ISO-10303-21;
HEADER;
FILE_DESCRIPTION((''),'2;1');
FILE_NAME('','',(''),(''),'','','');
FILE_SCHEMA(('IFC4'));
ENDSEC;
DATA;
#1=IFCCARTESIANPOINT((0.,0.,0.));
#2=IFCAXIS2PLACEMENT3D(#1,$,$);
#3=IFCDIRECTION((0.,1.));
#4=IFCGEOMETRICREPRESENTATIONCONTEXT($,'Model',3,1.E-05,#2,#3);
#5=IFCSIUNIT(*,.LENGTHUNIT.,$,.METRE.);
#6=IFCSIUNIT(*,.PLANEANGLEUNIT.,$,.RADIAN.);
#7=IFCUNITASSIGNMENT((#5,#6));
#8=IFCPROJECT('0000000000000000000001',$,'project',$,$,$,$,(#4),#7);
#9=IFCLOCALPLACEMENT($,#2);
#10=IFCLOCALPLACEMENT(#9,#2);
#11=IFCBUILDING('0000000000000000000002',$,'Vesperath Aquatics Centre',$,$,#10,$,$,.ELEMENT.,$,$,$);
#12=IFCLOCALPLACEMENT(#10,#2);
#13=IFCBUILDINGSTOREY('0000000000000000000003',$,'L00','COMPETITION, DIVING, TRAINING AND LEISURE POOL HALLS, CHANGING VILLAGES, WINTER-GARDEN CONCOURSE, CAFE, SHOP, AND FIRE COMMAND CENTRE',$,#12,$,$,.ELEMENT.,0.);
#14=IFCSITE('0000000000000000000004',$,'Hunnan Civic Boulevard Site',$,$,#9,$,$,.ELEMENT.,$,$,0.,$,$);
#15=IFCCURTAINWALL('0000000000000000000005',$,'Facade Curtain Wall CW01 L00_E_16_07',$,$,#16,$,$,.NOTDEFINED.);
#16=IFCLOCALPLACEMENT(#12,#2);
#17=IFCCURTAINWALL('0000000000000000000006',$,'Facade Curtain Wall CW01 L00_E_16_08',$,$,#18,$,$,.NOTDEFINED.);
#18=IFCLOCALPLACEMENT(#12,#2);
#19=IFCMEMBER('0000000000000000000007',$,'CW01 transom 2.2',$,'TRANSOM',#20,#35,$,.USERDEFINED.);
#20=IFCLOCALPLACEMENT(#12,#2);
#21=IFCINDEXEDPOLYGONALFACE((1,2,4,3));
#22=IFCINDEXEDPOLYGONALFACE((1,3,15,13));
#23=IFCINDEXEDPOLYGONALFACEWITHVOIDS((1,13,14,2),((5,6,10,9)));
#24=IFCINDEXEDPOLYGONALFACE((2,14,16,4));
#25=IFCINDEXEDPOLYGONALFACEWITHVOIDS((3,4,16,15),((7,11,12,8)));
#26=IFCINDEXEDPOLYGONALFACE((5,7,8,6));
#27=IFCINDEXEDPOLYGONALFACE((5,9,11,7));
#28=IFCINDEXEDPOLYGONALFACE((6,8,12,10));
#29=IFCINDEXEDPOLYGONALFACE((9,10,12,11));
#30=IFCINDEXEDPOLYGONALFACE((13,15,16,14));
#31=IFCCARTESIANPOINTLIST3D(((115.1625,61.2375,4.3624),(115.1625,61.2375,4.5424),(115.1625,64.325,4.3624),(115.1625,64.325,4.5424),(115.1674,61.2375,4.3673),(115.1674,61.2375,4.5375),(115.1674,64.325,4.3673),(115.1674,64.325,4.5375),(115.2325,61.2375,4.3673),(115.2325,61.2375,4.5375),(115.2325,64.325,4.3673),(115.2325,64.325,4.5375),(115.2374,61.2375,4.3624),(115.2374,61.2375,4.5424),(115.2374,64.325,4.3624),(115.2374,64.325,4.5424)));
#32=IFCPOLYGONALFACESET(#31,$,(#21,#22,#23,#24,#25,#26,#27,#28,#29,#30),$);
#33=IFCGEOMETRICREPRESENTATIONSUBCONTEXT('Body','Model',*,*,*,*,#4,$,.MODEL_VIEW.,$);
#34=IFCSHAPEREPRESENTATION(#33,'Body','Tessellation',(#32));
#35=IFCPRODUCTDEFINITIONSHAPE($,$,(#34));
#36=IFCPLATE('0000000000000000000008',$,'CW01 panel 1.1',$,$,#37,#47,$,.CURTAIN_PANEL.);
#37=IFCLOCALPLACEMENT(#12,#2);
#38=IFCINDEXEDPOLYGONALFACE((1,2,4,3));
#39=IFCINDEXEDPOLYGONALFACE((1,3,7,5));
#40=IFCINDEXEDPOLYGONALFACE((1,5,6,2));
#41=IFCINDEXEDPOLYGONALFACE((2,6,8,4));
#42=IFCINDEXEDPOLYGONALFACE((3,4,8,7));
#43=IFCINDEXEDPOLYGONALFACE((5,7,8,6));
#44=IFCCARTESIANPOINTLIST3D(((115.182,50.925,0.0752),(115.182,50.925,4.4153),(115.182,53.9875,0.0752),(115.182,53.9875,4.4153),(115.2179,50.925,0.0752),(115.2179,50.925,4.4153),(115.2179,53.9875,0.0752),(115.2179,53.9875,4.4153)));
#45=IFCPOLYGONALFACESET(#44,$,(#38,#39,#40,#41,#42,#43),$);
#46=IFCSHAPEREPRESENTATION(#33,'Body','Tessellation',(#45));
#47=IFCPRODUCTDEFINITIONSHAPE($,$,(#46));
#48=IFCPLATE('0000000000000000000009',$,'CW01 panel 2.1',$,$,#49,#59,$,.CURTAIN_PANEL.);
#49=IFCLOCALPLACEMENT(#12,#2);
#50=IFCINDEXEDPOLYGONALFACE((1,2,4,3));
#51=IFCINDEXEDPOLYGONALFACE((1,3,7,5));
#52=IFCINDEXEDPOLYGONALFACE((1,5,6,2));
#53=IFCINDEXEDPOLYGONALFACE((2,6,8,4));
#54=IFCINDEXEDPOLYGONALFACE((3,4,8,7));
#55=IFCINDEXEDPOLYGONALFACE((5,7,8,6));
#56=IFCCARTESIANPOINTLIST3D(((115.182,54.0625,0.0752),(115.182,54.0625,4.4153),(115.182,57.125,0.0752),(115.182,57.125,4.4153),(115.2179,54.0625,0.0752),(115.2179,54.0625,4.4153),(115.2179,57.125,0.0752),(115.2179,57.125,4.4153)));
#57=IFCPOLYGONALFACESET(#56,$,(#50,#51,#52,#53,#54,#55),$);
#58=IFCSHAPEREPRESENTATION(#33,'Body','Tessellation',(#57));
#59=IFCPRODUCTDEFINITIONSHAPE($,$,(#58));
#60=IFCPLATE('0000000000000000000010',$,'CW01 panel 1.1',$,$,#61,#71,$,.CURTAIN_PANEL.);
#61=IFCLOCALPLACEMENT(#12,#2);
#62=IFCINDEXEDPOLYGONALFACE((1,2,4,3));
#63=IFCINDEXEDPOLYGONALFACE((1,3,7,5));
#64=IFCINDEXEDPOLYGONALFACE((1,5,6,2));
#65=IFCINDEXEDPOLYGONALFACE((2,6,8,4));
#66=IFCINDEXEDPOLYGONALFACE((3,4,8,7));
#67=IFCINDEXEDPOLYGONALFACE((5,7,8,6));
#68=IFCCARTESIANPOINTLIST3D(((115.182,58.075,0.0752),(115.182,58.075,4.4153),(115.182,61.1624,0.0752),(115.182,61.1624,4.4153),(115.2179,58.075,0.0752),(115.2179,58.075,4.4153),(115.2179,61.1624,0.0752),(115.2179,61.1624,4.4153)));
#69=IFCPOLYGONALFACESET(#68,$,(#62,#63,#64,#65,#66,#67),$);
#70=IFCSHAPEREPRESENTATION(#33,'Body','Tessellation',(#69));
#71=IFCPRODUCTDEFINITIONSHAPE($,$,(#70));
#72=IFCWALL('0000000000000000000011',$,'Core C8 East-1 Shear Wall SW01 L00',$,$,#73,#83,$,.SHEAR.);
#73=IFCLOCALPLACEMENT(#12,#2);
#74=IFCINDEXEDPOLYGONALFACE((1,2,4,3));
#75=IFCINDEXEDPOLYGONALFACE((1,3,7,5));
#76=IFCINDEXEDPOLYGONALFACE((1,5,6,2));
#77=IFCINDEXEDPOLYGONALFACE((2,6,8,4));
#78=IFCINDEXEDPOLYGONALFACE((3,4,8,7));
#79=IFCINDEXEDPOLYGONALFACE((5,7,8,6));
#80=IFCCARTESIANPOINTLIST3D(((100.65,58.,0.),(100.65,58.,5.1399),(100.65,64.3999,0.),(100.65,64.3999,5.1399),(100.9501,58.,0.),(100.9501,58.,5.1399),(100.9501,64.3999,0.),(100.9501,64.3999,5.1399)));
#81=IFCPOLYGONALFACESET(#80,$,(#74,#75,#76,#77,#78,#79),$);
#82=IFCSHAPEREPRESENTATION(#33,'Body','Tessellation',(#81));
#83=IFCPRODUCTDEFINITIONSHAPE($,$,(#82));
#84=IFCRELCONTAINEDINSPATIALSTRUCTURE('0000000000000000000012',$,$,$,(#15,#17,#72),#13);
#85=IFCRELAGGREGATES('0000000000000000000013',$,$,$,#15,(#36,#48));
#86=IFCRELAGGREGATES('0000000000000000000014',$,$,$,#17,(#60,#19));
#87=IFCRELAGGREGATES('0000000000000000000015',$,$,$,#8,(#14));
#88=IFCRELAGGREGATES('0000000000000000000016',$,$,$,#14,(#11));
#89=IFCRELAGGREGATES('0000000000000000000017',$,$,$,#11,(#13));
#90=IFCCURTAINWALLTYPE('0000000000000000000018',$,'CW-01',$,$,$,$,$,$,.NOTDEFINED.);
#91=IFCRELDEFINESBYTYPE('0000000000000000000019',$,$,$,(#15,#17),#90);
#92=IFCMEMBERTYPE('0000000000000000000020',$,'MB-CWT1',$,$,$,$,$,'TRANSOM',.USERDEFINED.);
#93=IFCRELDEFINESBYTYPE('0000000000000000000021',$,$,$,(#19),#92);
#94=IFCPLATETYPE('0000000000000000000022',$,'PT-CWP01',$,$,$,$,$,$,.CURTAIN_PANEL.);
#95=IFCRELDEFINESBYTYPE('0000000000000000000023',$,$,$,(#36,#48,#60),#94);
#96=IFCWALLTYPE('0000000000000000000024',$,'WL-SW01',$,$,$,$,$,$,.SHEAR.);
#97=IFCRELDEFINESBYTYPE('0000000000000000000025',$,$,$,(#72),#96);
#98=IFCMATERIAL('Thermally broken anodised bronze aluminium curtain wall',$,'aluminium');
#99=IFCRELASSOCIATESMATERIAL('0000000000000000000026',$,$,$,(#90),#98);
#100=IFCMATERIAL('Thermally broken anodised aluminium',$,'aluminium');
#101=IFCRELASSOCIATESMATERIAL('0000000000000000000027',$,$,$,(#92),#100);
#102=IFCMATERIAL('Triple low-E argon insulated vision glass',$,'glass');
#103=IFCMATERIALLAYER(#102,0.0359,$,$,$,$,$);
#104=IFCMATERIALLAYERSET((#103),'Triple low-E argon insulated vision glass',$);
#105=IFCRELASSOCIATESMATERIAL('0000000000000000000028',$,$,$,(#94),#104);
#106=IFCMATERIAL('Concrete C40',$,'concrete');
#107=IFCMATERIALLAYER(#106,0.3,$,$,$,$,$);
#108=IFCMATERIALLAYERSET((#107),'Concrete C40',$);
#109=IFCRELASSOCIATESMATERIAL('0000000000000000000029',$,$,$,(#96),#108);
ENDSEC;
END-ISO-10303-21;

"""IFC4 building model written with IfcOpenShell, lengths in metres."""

from ifc_helpers import new_model, si_unit, direction, frame, frame_2d, origin, origin_2d, place, context, subcontext, project, spatial, rectangle, hollow_rectangle, extrude, material, layer, layer_set, material_profile, profile_set, type_object, element, aggregate, save


model = new_model("IFC4")

# Units and contexts
model_context = context("Model", 3, precision=1e-05, world=origin(), true_north=direction((0.0, 1.0)))
body_context = subcontext(model_context, "Body", "Model", "MODEL_VIEW")
ifc_project = project(units=[si_unit("LENGTHUNIT", "METRE"), si_unit("PLANEANGLEUNIT", "RADIAN")], contexts=[model_context])

# Site, building, storey
site_placement = place(None, origin())
site = spatial("IfcSite", under=ifc_project, at=site_placement, Name="Hunnan Civic Boulevard Site", CompositionType="ELEMENT", RefElevation=0.0)
building_placement = place(site_placement, origin())
building = spatial("IfcBuilding", under=site, at=building_placement, Name="Vesperath Aquatics Centre", CompositionType="ELEMENT")
storey_placement = place(building_placement, origin())
storey = spatial("IfcBuildingStorey", under=building, at=storey_placement, Name="L00", Description="COMPETITION, DIVING, TRAINING AND LEISURE POOL HALLS, CHANGING VILLAGES, WINTER-GARDEN CONCOURSE, CAFE, SHOP, AND FIRE COMMAND CENTRE", CompositionType="ELEMENT", Elevation=0.0)

# Shared definitions
ifc_material_1 = material(Name="Concrete C40", Category="concrete")

# Curtain walls
ifc_material_2 = material(Name="Thermally broken anodised bronze aluminium curtain wall", Category="aluminium")
curtain_wall_type = type_object("IfcCurtainWallType", Name="CW-01", PredefinedType="NOTDEFINED", material=ifc_material_2)
curtain_wall_1_placement = place(storey_placement, origin())
curtain_wall_1 = element("IfcCurtainWall", 1, at=curtain_wall_1_placement, inside=storey, type_object=curtain_wall_type, Name="Facade Curtain Wall CW01 L00_E_16_07", PredefinedType="NOTDEFINED")
ifc_material_3 = material(Name="Thermally broken anodised aluminium", Category="aluminium")
curtain_wall_2_placement = place(storey_placement, origin())
curtain_wall_2 = element("IfcCurtainWall", 2, at=curtain_wall_2_placement, inside=storey, type_object=curtain_wall_type, Name="Facade Curtain Wall CW01 L00_E_16_08", PredefinedType="NOTDEFINED")

# Member
ifc_material_profile_1 = material_profile(ifc_material_3, hollow_rectangle(XDim=0.075, YDim=0.1799, WallThickness=0.0049, at=origin_2d()), Name="CWT 75x180x5")
ifc_profile_set_1 = profile_set([ifc_material_profile_1], Name="Thermally broken anodised aluminium")
member_type_1 = type_object("IfcMemberType", Name="MB-CWT1", ElementType="TRANSOM", PredefinedType="USERDEFINED", material=ifc_profile_set_1)
member_1_placement = place(storey_placement, frame((115.2, 61.2375, 4.4524), z_axis=(0.0, 1.0, 0.0), x_axis=(-1.0, 0.0, 0.0)))
member_1 = element("IfcMember", 3, at=member_1_placement, type_object=member_type_1, Name="CW01 transom 2.2", ObjectType="TRANSOM", PredefinedType="USERDEFINED", context=body_context, shape_type="SweptSolid", body=[
    extrude(hollow_rectangle(XDim=0.075, YDim=0.1799, WallThickness=0.0049, at=origin_2d()), origin(), (0.0, 0.0, 1.0), 3.0874),
])

# Plates
ifc_material_4 = material(Name="Triple low-E argon insulated vision glass", Category="glass")
ifc_layer_1 = layer(ifc_material_4, 0.0359)
ifc_layer_set_1 = layer_set([ifc_layer_1], Name="Triple low-E argon insulated vision glass")
plate_type = type_object("IfcPlateType", Name="PT-CWP01", PredefinedType="CURTAIN_PANEL", material=ifc_layer_set_1)
plate_1_placement = place(storey_placement, frame((115.2, 52.4563, 0.0752), z_axis=(0.0, 0.0, 1.0), x_axis=(0.0, 1.0, 0.0)))
plate_1 = element("IfcPlate", 4, at=plate_1_placement, type_object=plate_type, Name="CW01 panel 1.1", PredefinedType="CURTAIN_PANEL", context=body_context, shape_type="SweptSolid", body=[
    extrude(rectangle(XDim=3.0625, YDim=0.0359, at=origin_2d()), origin(), (0.0, 0.0, 1.0), 4.3401),
])
plate_2_placement = place(storey_placement, frame((115.2, 55.5938, 0.0752), z_axis=(0.0, 0.0, 1.0), x_axis=(0.0, 1.0, 0.0)))
plate_2 = element("IfcPlate", 5, at=plate_2_placement, type_object=plate_type, Name="CW01 panel 2.1", PredefinedType="CURTAIN_PANEL", context=body_context, shape_type="SweptSolid", body=[
    extrude(rectangle(XDim=3.0625, YDim=0.0359, at=origin_2d()), origin(), (0.0, 0.0, 1.0), 4.3401),
])
aggregate(curtain_wall_1, [plate_1, plate_2])
plate_3_placement = place(storey_placement, frame((115.2, 59.6187, 0.0752), z_axis=(0.0, 0.0, 1.0), x_axis=(0.0, 1.0, 0.0)))
plate_3 = element("IfcPlate", 6, at=plate_3_placement, type_object=plate_type, Name="CW01 panel 1.1", PredefinedType="CURTAIN_PANEL", context=body_context, shape_type="SweptSolid", body=[
    extrude(rectangle(XDim=3.0874, YDim=0.0359, at=origin_2d()), origin(), (0.0, 0.0, 1.0), 4.3401),
])
aggregate(curtain_wall_2, [plate_3, member_1])

# Wall
ifc_layer_2 = layer(ifc_material_1, 0.3)
ifc_layer_set_2 = layer_set([ifc_layer_2], Name="Concrete C40")
wall_type = type_object("IfcWallType", Name="WL-SW01", PredefinedType="SHEAR", material=ifc_layer_set_2)
wall_placement = place(storey_placement, frame((100.8, 58.0, 0.0), z_axis=(0.0, 0.0, 1.0), x_axis=(0.0, 1.0, 0.0)))
element("IfcWall", 7, at=wall_placement, inside=storey, type_object=wall_type, Name="Core C8 East-1 Shear Wall SW01 L00", PredefinedType="SHEAR", context=body_context, shape_type="SweptSolid", body=[
    extrude(rectangle(XDim=6.3999, YDim=0.3, at=frame_2d((3.2, 0.0))), origin(), (0.0, 0.0, 1.0), 5.1399),
])

save(model, "model.ifc")
